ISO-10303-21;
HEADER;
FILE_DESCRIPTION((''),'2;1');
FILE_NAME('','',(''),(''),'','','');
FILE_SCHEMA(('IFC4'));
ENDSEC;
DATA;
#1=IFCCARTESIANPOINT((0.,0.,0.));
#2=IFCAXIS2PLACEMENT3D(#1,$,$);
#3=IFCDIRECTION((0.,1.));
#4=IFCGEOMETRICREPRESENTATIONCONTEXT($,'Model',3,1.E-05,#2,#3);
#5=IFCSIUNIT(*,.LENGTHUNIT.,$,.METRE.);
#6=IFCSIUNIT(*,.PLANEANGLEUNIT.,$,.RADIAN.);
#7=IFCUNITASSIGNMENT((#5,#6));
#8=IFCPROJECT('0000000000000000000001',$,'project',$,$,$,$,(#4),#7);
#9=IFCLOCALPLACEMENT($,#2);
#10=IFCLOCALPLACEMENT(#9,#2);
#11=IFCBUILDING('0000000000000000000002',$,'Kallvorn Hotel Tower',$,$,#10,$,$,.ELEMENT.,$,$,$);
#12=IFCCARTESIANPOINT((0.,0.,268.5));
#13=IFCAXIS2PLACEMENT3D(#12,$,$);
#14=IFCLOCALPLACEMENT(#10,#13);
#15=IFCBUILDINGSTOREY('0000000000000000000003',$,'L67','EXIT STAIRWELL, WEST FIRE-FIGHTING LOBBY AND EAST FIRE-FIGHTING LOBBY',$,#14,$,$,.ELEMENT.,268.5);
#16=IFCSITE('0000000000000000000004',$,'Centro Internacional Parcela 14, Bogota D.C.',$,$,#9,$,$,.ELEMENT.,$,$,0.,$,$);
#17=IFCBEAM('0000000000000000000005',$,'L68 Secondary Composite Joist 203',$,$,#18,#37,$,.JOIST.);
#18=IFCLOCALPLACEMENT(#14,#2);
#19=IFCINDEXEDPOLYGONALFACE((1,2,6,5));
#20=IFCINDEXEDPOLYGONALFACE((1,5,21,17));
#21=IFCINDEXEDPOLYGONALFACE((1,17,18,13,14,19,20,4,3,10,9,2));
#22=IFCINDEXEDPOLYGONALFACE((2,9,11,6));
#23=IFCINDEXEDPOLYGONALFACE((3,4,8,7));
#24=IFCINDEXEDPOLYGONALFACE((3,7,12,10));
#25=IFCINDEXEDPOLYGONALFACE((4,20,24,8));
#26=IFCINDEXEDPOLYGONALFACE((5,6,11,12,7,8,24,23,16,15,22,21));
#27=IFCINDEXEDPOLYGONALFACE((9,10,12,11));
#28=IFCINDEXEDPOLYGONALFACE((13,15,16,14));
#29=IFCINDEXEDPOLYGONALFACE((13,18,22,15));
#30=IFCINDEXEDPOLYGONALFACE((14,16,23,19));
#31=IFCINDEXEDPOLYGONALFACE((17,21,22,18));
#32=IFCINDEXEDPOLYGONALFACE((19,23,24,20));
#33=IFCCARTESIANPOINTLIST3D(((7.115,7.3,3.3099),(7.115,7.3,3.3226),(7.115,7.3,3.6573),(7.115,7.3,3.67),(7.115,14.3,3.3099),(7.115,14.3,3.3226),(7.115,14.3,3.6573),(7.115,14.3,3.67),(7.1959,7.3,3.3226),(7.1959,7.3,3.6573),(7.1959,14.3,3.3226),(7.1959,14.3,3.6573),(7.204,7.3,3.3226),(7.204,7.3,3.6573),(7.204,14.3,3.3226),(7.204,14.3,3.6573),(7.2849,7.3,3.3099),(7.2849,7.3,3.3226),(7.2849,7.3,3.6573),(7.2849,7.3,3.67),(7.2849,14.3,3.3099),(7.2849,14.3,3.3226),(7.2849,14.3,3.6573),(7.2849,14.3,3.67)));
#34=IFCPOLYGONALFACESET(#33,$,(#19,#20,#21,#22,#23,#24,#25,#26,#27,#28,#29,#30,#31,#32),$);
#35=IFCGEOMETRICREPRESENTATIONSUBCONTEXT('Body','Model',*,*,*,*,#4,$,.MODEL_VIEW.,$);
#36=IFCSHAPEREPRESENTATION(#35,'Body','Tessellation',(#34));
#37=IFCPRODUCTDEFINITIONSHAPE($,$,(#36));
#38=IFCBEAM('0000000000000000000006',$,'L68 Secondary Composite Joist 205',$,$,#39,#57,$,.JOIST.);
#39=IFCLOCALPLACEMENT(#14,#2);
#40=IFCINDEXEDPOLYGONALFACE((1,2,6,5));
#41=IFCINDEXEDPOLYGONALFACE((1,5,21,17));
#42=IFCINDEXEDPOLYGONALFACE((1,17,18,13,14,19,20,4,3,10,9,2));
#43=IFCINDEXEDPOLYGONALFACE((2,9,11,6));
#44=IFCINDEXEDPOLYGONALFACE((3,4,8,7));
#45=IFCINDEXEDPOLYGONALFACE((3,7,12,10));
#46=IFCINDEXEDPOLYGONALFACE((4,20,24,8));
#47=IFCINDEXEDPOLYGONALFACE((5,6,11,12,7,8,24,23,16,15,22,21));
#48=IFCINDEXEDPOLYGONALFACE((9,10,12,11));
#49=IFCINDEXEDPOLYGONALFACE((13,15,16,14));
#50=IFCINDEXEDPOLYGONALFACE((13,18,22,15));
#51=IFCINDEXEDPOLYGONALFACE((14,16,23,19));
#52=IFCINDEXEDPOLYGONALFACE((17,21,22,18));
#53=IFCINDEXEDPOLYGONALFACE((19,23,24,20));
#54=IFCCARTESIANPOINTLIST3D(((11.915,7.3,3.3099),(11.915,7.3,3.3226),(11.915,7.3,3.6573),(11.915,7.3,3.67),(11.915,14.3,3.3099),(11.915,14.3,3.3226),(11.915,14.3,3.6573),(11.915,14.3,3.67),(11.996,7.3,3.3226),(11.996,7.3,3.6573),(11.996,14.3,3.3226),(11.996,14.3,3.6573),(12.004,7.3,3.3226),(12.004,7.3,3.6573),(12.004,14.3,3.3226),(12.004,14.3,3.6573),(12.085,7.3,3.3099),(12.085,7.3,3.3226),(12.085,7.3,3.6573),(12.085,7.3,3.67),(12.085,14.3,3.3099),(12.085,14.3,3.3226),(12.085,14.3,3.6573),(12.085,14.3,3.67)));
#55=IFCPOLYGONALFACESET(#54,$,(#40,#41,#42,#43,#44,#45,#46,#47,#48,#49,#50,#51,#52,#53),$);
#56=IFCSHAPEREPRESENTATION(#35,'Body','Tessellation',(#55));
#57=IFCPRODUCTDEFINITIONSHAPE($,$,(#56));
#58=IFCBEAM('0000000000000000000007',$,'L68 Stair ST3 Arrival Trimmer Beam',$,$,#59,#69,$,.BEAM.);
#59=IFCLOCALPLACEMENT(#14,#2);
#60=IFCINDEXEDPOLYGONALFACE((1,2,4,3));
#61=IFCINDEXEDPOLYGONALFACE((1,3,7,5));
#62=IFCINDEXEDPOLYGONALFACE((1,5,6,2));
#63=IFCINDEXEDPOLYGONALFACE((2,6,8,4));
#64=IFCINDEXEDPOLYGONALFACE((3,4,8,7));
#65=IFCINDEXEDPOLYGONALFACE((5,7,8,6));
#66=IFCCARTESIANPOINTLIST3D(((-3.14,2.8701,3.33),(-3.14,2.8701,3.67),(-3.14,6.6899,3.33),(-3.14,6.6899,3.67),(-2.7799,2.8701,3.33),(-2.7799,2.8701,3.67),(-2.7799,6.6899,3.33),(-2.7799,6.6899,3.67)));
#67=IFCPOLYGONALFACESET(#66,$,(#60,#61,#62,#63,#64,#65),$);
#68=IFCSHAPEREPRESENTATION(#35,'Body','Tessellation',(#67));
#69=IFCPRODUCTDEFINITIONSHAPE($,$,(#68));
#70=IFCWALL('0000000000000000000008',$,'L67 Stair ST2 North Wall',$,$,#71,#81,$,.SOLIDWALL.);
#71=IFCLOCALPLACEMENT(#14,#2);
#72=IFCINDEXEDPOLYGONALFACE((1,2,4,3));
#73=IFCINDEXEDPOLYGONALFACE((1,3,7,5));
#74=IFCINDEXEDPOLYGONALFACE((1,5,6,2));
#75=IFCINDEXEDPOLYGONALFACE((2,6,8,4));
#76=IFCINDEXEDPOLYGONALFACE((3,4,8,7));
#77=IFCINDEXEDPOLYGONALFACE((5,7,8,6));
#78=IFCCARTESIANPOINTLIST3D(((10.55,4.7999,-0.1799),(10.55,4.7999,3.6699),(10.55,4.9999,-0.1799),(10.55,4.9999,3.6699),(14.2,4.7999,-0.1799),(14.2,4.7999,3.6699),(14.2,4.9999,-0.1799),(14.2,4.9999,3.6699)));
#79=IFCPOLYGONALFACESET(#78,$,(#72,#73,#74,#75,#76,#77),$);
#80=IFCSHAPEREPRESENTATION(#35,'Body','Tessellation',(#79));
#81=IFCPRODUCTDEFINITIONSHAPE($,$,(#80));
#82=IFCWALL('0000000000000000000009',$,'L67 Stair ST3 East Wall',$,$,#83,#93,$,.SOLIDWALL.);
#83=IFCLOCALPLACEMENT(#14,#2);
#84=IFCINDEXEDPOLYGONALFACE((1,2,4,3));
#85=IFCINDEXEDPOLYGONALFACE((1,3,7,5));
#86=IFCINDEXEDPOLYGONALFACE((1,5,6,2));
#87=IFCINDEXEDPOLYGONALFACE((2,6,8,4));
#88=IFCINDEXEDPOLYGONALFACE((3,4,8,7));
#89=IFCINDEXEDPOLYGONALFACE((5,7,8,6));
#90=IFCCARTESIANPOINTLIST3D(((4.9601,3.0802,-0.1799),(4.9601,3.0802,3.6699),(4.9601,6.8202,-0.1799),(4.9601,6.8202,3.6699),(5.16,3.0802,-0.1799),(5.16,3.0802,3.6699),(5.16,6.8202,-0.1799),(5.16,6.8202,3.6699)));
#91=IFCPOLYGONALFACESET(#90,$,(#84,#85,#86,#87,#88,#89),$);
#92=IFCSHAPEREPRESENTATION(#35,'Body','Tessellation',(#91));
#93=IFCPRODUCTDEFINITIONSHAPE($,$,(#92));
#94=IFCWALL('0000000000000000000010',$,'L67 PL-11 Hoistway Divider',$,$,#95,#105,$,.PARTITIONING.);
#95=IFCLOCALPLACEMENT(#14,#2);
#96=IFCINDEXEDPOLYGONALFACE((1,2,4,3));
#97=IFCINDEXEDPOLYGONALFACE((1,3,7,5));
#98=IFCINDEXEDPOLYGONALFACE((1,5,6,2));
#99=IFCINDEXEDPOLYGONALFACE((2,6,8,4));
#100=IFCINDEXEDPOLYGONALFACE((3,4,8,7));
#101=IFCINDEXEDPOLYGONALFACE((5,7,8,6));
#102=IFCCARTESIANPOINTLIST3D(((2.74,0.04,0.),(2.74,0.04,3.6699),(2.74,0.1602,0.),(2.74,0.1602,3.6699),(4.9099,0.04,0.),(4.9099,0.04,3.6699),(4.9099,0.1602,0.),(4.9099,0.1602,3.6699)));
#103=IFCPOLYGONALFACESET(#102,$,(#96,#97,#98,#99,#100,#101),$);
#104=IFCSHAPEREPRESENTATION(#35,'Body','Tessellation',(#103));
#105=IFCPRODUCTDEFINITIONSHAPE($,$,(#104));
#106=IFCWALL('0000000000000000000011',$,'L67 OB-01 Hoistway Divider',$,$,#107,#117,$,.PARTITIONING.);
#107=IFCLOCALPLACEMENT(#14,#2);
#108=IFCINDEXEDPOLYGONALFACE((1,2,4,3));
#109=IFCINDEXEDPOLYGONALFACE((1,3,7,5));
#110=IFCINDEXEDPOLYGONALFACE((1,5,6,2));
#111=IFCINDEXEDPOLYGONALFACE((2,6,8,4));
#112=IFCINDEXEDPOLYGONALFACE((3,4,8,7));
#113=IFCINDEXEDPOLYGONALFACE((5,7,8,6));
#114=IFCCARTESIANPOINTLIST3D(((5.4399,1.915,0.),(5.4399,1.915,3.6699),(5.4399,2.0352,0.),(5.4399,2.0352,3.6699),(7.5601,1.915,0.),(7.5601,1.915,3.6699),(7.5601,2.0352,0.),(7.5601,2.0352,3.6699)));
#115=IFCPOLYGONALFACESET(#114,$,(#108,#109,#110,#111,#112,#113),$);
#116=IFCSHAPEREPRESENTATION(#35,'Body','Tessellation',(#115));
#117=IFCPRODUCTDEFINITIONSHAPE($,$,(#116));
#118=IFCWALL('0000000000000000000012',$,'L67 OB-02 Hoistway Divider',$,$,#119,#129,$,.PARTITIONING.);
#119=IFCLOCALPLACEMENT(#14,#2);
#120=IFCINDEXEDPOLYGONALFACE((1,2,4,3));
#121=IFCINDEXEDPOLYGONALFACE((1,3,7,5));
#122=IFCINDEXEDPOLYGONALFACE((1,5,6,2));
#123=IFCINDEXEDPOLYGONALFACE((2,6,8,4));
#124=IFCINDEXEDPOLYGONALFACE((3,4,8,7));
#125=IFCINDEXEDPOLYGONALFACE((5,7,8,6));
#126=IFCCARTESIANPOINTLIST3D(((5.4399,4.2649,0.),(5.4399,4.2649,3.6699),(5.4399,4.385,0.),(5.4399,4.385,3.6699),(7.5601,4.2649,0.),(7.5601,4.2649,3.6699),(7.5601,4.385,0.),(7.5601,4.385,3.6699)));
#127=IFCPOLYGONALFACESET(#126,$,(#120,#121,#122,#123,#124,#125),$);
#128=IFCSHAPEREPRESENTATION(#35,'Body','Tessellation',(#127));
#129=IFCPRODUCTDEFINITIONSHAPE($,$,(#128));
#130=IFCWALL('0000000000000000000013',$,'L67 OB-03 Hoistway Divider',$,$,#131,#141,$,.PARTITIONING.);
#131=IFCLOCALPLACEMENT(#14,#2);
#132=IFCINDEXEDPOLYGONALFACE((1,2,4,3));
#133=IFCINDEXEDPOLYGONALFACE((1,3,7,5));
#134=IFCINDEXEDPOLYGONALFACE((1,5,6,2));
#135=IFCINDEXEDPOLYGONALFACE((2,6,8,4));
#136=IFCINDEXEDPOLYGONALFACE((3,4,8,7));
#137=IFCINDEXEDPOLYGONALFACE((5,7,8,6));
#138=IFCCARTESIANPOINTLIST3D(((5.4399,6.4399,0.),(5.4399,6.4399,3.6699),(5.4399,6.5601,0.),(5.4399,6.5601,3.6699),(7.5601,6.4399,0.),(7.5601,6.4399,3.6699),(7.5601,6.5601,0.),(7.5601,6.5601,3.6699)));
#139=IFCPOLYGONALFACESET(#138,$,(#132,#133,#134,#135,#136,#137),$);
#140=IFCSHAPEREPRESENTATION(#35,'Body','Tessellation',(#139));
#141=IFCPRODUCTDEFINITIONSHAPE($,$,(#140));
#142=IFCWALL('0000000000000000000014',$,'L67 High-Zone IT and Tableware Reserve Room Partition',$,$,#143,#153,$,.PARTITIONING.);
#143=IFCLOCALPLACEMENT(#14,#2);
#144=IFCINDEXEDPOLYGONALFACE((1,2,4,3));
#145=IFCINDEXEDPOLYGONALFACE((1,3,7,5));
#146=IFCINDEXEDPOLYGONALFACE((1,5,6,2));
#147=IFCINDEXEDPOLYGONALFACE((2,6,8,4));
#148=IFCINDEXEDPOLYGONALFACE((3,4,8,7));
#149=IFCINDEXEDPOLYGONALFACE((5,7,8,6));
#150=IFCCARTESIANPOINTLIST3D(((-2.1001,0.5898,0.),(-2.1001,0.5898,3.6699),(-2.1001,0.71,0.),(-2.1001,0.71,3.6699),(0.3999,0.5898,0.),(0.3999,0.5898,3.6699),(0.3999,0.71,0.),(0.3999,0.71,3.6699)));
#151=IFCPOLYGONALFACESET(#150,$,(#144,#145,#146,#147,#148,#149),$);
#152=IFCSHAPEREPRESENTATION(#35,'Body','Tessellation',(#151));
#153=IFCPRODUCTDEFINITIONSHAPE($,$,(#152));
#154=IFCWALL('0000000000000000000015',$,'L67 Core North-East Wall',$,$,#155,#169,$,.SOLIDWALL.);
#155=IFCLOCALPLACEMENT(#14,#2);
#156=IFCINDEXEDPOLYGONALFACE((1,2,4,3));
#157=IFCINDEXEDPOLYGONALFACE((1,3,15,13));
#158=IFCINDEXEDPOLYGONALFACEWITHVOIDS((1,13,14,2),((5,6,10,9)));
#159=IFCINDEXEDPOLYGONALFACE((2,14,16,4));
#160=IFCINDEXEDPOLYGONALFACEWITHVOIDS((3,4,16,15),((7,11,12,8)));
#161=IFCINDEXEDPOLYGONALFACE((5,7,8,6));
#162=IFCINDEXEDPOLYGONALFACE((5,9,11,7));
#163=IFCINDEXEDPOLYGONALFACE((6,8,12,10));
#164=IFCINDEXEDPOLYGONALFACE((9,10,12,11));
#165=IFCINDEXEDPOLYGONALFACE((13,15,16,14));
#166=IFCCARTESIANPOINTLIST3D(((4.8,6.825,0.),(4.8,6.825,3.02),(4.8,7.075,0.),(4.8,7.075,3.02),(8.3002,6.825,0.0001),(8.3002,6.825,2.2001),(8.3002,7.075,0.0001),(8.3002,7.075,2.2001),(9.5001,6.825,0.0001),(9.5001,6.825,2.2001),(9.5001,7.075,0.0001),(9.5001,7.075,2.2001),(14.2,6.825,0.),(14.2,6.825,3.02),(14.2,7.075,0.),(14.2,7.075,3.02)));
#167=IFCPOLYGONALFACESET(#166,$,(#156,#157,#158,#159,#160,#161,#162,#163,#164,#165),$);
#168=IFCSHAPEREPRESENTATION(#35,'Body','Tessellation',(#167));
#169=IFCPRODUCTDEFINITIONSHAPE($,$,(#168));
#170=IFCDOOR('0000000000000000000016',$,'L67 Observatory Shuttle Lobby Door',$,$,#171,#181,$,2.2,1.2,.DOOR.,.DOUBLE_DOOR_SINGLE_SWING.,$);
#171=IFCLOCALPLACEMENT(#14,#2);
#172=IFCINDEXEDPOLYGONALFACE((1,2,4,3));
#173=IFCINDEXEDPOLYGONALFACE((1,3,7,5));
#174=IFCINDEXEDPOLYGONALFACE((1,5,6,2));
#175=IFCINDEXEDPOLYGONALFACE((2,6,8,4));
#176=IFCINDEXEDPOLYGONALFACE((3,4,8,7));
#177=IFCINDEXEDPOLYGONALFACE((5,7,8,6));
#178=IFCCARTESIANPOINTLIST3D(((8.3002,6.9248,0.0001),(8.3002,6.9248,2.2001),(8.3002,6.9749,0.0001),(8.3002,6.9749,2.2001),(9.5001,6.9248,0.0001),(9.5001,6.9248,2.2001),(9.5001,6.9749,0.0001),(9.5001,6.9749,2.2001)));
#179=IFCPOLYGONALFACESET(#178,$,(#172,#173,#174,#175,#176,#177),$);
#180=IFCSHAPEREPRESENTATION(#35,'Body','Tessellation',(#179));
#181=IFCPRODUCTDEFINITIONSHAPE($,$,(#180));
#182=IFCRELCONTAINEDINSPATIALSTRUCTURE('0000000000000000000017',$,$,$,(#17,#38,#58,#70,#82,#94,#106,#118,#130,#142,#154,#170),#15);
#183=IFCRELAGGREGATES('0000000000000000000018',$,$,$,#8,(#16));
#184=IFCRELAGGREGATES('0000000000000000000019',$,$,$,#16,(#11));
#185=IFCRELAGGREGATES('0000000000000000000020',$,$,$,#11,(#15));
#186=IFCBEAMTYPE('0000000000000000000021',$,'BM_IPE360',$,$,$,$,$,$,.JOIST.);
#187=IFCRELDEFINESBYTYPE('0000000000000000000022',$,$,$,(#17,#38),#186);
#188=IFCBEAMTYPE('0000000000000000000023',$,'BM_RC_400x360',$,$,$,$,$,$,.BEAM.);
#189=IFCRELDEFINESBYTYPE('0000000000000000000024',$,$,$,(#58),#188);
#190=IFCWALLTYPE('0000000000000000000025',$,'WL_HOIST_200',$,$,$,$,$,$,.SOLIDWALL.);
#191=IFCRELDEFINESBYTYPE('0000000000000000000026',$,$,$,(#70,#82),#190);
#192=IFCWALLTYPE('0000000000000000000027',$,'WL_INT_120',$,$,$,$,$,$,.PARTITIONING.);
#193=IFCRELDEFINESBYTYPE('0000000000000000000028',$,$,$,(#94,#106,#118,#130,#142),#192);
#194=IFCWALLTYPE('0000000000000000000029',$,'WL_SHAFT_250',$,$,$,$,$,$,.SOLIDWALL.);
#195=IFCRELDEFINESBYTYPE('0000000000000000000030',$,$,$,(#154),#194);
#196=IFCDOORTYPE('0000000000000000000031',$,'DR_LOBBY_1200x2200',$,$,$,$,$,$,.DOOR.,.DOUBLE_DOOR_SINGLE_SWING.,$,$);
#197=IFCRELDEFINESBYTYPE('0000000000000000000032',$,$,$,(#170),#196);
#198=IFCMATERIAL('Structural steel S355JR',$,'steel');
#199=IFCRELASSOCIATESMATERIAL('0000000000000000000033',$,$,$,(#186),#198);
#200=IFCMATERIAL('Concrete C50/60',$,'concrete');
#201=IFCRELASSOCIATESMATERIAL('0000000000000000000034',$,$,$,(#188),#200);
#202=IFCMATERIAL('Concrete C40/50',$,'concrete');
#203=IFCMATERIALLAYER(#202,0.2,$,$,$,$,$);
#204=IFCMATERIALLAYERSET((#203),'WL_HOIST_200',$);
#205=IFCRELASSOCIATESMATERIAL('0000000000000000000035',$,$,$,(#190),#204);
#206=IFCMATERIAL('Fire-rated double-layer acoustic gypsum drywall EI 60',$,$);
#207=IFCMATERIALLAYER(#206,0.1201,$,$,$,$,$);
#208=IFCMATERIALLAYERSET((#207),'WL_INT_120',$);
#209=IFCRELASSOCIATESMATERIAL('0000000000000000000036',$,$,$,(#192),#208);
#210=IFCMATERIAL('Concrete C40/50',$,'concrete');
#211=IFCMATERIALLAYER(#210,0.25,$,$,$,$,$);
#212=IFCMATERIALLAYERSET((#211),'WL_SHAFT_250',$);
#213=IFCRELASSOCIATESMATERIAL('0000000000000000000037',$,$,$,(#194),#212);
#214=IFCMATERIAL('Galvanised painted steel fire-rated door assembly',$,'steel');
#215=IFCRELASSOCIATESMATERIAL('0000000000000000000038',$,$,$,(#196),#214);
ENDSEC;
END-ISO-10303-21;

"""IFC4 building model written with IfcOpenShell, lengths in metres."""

from ifc_helpers import new_model, si_unit, direction, frame, frame_2d, origin, origin_2d, place, context, subcontext, project, spatial, rectangle, i_section, extrude, material, layer, layer_set, material_profile, profile_set, type_object, element, fill, save


model = new_model("IFC4")

# Units and contexts
model_context = context("Model", 3, precision=1e-05, world=origin(), true_north=direction((0.0, 1.0)))
body_context = subcontext(model_context, "Body", "Model", "MODEL_VIEW")
ifc_project = project(units=[si_unit("LENGTHUNIT", "METRE"), si_unit("PLANEANGLEUNIT", "RADIAN")], contexts=[model_context])

# Site, building, storey
site_placement = place(None, origin())
site = spatial("IfcSite", under=ifc_project, at=site_placement, Name="Centro Internacional Parcela 14, Bogota D.C.", CompositionType="ELEMENT", RefElevation=0.0)
building_placement = place(site_placement, origin())
building = spatial("IfcBuilding", under=site, at=building_placement, Name="Kallvorn Hotel Tower", CompositionType="ELEMENT")
storey_placement = place(building_placement, frame((0.0, 0.0, 268.5)))
storey = spatial("IfcBuildingStorey", under=building, at=storey_placement, Name="L67", Description="EXIT STAIRWELL, WEST FIRE-FIGHTING LOBBY AND EAST FIRE-FIGHTING LOBBY", CompositionType="ELEMENT", Elevation=268.5)

# Beams
ifc_material_1 = material(Name="Structural steel S355JR", Category="steel")
ifc_material_profile_1 = material_profile(ifc_material_1, i_section(OverallWidth=0.1699, OverallDepth=0.3601, WebThickness=0.0081, FlangeThickness=0.0127, at=origin_2d()), Name="IPE 360")
ifc_profile_set_1 = profile_set([ifc_material_profile_1], Name="Structural steel S355JR")
beam_type_1 = type_object("IfcBeamType", Name="BM_IPE360", PredefinedType="JOIST", material=ifc_profile_set_1)
for number, where, z_axis, x_axis, name in (
    (1, (7.2, 7.3, 3.49), (0.0, 1.0, 0.0), (-1.0, 0.0, 0.0), "L68 Secondary Composite Joist 203"),
    (2, (12.0, 7.3, 3.49), (0.0, 1.0, 0.0), (-1.0, 0.0, 0.0), "L68 Secondary Composite Joist 205"),
):
    element("IfcBeam", number, at=place(storey_placement, frame(where, z_axis=z_axis, x_axis=x_axis)), inside=storey, type_object=beam_type_1, Name=name, PredefinedType="JOIST", context=body_context, shape_type="SweptSolid", body=[
        extrude(i_section(OverallWidth=0.1699, OverallDepth=0.3601, WebThickness=0.0081, FlangeThickness=0.0127, at=origin_2d()), origin(), (0.0, 0.0, 1.0), 7.0),
    ])
ifc_material_2 = material(Name="Concrete C50/60", Category="concrete")
ifc_material_profile_2 = material_profile(ifc_material_2, rectangle(XDim=0.3601, YDim=0.3401, at=origin_2d()), Name="RC 360x340")
ifc_profile_set_2 = profile_set([ifc_material_profile_2], Name="Concrete C50/60")
beam_type_2 = type_object("IfcBeamType", Name="BM_RC_400x360", PredefinedType="BEAM", material=ifc_profile_set_2)
beam_1_placement = place(storey_placement, frame((-2.96, 2.8701, 3.5), z_axis=(0.0, 1.0, 0.0), x_axis=(-1.0, 0.0, 0.0)))
element("IfcBeam", 3, at=beam_1_placement, inside=storey, type_object=beam_type_2, Name="L68 Stair ST3 Arrival Trimmer Beam", PredefinedType="BEAM", context=body_context, shape_type="SweptSolid", body=[
    extrude(rectangle(XDim=0.3601, YDim=0.3401, at=origin_2d()), origin(), (0.0, 0.0, 1.0), 3.8198),
])

# Walls
ifc_material_3 = material(Name="Concrete C40/50", Category="concrete")
ifc_layer_1 = layer(ifc_material_3, 0.2)
ifc_layer_set_1 = layer_set([ifc_layer_1], Name="WL_HOIST_200")
wall_type_1 = type_object("IfcWallType", Name="WL_HOIST_200", PredefinedType="SOLIDWALL", material=ifc_layer_set_1)
wall_1_placement = place(storey_placement, frame((10.55, 4.8999, -0.1799), z_axis=(0.0, 0.0, 1.0), x_axis=(1.0, 0.0, 0.0)))
element("IfcWall", 4, at=wall_1_placement, inside=storey, type_object=wall_type_1, Name="L67 Stair ST2 North Wall", PredefinedType="SOLIDWALL", context=body_context, shape_type="SweptSolid", body=[
    extrude(rectangle(XDim=3.6499, YDim=0.2, at=frame_2d((1.825, 0.0))), origin(), (0.0, 0.0, 1.0), 3.8499),
])
wall_2_placement = place(storey_placement, frame((5.0601, 3.0801, -0.1799), z_axis=(0.0, 0.0, 1.0), x_axis=(0.0, 1.0, 0.0)))
element("IfcWall", 5, at=wall_2_placement, inside=storey, type_object=wall_type_1, Name="L67 Stair ST3 East Wall", PredefinedType="SOLIDWALL", context=body_context, shape_type="SweptSolid", body=[
    extrude(rectangle(XDim=3.74, YDim=0.2, at=frame_2d((1.8701, 0.0))), origin(), (0.0, 0.0, 1.0), 3.8499),
])
ifc_material_4 = material(Name="Fire-rated double-layer acoustic gypsum drywall EI 60")
ifc_layer_2 = layer(ifc_material_4, 0.1201)
ifc_layer_set_2 = layer_set([ifc_layer_2], Name="WL_INT_120")
wall_type_2 = type_object("IfcWallType", Name="WL_INT_120", PredefinedType="PARTITIONING", material=ifc_layer_set_2)
wall_3_placement = place(storey_placement, frame((2.74, 0.1001, 0.0), z_axis=(0.0, 0.0, 1.0), x_axis=(1.0, 0.0, 0.0)))
element("IfcWall", 6, at=wall_3_placement, inside=storey, type_object=wall_type_2, Name="L67 PL-11 Hoistway Divider", PredefinedType="PARTITIONING", context=body_context, shape_type="SweptSolid", body=[
    extrude(rectangle(XDim=2.1699, YDim=0.1201, at=frame_2d((1.085, 0.0))), origin(), (0.0, 0.0, 1.0), 3.6699),
])
for number, where, z_axis, x_axis, name in (
    (7, (5.4399, 1.9751, 0.0), (0.0, 0.0, 1.0), (1.0, 0.0, 0.0), "L67 OB-01 Hoistway Divider"),
    (8, (5.4399, 4.325, 0.0), (0.0, 0.0, 1.0), (1.0, 0.0, 0.0), "L67 OB-02 Hoistway Divider"),
    (9, (5.4399, 6.5, 0.0), (0.0, 0.0, 1.0), (1.0, 0.0, 0.0), "L67 OB-03 Hoistway Divider"),
):
    element("IfcWall", number, at=place(storey_placement, frame(where, z_axis=z_axis, x_axis=x_axis)), inside=storey, type_object=wall_type_2, Name=name, PredefinedType="PARTITIONING", context=body_context, shape_type="SweptSolid", body=[
        extrude(rectangle(XDim=2.1201, YDim=0.1201, at=frame_2d((1.0601, 0.0))), origin(), (0.0, 0.0, 1.0), 3.6699),
    ])
wall_4_placement = place(storey_placement, frame((-2.1001, 0.6499, 0.0), z_axis=(0.0, 0.0, 1.0), x_axis=(1.0, 0.0, 0.0)))
element("IfcWall", 10, at=wall_4_placement, inside=storey, type_object=wall_type_2, Name="L67 High-Zone IT and Tableware Reserve Room Partition", PredefinedType="PARTITIONING", context=body_context, shape_type="SweptSolid", body=[
    extrude(rectangle(XDim=2.5, YDim=0.1201, at=frame_2d((1.25, 0.0))), origin(), (0.0, 0.0, 1.0), 3.6699),
])

# Wall, opening, door
ifc_material_5 = material(Name="Concrete C40/50", Category="concrete")
ifc_layer_3 = layer(ifc_material_5, 0.25)
ifc_layer_set_3 = layer_set([ifc_layer_3], Name="WL_SHAFT_250")
wall_type_3 = type_object("IfcWallType", Name="WL_SHAFT_250", PredefinedType="SOLIDWALL", material=ifc_layer_set_3)
wall_5_placement = place(storey_placement, frame((4.8, 6.95, 0.0), z_axis=(0.0, 0.0, 1.0), x_axis=(1.0, 0.0, 0.0)))
wall_5 = element("IfcWall", 11, at=wall_5_placement, inside=storey, type_object=wall_type_3, Name="L67 Core North-East Wall", PredefinedType="SOLIDWALL", context=body_context, shape_type="SweptSolid", body=[
    extrude(rectangle(XDim=9.3999, YDim=0.25, at=frame_2d((4.7, 0.0))), origin(), (0.0, 0.0, 1.0), 3.02),
])
opening_placement = place(wall_5_placement, frame((3.5, 0.0, 0.0)))
opening = element("IfcOpeningElement", 12, at=opening_placement, cuts=wall_5, PredefinedType="OPENING", context=body_context, shape_type="SweptSolid", body=[
    extrude(rectangle(XDim=1.2, YDim=2.2, at=frame_2d((0.6001, 1.1001))), frame((0.0, 0.1399, 0.0), z_axis=(0.0, -1.0, 0.0), x_axis=(1.0, 0.0, 0.0)), (0.0, 0.0, 1.0), 0.28),
])
ifc_material_6 = material(Name="Galvanised painted steel fire-rated door assembly", Category="steel")
door_type = type_object("IfcDoorType", Name="DR_LOBBY_1200x2200", OperationType="DOUBLE_DOOR_SINGLE_SWING", PredefinedType="DOOR", material=ifc_material_6)
door_placement = place(opening_placement, origin())
door = element("IfcDoor", 13, at=door_placement, inside=storey, type_object=door_type, Name="L67 Observatory Shuttle Lobby Door", OperationType="DOUBLE_DOOR_SINGLE_SWING", OverallHeight=2.2, OverallWidth=1.2, PredefinedType="DOOR", context=body_context, shape_type="SweptSolid", body=[
    extrude(rectangle(XDim=1.2, YDim=2.2, at=frame_2d((0.6001, 1.1001))), frame((0.0, 0.0249, 0.0), z_axis=(0.0, -1.0, 0.0), x_axis=(1.0, 0.0, 0.0)), (0.0, 0.0, 1.0), 0.05),
])
fill(opening, door)

save(model, "model.ifc")
